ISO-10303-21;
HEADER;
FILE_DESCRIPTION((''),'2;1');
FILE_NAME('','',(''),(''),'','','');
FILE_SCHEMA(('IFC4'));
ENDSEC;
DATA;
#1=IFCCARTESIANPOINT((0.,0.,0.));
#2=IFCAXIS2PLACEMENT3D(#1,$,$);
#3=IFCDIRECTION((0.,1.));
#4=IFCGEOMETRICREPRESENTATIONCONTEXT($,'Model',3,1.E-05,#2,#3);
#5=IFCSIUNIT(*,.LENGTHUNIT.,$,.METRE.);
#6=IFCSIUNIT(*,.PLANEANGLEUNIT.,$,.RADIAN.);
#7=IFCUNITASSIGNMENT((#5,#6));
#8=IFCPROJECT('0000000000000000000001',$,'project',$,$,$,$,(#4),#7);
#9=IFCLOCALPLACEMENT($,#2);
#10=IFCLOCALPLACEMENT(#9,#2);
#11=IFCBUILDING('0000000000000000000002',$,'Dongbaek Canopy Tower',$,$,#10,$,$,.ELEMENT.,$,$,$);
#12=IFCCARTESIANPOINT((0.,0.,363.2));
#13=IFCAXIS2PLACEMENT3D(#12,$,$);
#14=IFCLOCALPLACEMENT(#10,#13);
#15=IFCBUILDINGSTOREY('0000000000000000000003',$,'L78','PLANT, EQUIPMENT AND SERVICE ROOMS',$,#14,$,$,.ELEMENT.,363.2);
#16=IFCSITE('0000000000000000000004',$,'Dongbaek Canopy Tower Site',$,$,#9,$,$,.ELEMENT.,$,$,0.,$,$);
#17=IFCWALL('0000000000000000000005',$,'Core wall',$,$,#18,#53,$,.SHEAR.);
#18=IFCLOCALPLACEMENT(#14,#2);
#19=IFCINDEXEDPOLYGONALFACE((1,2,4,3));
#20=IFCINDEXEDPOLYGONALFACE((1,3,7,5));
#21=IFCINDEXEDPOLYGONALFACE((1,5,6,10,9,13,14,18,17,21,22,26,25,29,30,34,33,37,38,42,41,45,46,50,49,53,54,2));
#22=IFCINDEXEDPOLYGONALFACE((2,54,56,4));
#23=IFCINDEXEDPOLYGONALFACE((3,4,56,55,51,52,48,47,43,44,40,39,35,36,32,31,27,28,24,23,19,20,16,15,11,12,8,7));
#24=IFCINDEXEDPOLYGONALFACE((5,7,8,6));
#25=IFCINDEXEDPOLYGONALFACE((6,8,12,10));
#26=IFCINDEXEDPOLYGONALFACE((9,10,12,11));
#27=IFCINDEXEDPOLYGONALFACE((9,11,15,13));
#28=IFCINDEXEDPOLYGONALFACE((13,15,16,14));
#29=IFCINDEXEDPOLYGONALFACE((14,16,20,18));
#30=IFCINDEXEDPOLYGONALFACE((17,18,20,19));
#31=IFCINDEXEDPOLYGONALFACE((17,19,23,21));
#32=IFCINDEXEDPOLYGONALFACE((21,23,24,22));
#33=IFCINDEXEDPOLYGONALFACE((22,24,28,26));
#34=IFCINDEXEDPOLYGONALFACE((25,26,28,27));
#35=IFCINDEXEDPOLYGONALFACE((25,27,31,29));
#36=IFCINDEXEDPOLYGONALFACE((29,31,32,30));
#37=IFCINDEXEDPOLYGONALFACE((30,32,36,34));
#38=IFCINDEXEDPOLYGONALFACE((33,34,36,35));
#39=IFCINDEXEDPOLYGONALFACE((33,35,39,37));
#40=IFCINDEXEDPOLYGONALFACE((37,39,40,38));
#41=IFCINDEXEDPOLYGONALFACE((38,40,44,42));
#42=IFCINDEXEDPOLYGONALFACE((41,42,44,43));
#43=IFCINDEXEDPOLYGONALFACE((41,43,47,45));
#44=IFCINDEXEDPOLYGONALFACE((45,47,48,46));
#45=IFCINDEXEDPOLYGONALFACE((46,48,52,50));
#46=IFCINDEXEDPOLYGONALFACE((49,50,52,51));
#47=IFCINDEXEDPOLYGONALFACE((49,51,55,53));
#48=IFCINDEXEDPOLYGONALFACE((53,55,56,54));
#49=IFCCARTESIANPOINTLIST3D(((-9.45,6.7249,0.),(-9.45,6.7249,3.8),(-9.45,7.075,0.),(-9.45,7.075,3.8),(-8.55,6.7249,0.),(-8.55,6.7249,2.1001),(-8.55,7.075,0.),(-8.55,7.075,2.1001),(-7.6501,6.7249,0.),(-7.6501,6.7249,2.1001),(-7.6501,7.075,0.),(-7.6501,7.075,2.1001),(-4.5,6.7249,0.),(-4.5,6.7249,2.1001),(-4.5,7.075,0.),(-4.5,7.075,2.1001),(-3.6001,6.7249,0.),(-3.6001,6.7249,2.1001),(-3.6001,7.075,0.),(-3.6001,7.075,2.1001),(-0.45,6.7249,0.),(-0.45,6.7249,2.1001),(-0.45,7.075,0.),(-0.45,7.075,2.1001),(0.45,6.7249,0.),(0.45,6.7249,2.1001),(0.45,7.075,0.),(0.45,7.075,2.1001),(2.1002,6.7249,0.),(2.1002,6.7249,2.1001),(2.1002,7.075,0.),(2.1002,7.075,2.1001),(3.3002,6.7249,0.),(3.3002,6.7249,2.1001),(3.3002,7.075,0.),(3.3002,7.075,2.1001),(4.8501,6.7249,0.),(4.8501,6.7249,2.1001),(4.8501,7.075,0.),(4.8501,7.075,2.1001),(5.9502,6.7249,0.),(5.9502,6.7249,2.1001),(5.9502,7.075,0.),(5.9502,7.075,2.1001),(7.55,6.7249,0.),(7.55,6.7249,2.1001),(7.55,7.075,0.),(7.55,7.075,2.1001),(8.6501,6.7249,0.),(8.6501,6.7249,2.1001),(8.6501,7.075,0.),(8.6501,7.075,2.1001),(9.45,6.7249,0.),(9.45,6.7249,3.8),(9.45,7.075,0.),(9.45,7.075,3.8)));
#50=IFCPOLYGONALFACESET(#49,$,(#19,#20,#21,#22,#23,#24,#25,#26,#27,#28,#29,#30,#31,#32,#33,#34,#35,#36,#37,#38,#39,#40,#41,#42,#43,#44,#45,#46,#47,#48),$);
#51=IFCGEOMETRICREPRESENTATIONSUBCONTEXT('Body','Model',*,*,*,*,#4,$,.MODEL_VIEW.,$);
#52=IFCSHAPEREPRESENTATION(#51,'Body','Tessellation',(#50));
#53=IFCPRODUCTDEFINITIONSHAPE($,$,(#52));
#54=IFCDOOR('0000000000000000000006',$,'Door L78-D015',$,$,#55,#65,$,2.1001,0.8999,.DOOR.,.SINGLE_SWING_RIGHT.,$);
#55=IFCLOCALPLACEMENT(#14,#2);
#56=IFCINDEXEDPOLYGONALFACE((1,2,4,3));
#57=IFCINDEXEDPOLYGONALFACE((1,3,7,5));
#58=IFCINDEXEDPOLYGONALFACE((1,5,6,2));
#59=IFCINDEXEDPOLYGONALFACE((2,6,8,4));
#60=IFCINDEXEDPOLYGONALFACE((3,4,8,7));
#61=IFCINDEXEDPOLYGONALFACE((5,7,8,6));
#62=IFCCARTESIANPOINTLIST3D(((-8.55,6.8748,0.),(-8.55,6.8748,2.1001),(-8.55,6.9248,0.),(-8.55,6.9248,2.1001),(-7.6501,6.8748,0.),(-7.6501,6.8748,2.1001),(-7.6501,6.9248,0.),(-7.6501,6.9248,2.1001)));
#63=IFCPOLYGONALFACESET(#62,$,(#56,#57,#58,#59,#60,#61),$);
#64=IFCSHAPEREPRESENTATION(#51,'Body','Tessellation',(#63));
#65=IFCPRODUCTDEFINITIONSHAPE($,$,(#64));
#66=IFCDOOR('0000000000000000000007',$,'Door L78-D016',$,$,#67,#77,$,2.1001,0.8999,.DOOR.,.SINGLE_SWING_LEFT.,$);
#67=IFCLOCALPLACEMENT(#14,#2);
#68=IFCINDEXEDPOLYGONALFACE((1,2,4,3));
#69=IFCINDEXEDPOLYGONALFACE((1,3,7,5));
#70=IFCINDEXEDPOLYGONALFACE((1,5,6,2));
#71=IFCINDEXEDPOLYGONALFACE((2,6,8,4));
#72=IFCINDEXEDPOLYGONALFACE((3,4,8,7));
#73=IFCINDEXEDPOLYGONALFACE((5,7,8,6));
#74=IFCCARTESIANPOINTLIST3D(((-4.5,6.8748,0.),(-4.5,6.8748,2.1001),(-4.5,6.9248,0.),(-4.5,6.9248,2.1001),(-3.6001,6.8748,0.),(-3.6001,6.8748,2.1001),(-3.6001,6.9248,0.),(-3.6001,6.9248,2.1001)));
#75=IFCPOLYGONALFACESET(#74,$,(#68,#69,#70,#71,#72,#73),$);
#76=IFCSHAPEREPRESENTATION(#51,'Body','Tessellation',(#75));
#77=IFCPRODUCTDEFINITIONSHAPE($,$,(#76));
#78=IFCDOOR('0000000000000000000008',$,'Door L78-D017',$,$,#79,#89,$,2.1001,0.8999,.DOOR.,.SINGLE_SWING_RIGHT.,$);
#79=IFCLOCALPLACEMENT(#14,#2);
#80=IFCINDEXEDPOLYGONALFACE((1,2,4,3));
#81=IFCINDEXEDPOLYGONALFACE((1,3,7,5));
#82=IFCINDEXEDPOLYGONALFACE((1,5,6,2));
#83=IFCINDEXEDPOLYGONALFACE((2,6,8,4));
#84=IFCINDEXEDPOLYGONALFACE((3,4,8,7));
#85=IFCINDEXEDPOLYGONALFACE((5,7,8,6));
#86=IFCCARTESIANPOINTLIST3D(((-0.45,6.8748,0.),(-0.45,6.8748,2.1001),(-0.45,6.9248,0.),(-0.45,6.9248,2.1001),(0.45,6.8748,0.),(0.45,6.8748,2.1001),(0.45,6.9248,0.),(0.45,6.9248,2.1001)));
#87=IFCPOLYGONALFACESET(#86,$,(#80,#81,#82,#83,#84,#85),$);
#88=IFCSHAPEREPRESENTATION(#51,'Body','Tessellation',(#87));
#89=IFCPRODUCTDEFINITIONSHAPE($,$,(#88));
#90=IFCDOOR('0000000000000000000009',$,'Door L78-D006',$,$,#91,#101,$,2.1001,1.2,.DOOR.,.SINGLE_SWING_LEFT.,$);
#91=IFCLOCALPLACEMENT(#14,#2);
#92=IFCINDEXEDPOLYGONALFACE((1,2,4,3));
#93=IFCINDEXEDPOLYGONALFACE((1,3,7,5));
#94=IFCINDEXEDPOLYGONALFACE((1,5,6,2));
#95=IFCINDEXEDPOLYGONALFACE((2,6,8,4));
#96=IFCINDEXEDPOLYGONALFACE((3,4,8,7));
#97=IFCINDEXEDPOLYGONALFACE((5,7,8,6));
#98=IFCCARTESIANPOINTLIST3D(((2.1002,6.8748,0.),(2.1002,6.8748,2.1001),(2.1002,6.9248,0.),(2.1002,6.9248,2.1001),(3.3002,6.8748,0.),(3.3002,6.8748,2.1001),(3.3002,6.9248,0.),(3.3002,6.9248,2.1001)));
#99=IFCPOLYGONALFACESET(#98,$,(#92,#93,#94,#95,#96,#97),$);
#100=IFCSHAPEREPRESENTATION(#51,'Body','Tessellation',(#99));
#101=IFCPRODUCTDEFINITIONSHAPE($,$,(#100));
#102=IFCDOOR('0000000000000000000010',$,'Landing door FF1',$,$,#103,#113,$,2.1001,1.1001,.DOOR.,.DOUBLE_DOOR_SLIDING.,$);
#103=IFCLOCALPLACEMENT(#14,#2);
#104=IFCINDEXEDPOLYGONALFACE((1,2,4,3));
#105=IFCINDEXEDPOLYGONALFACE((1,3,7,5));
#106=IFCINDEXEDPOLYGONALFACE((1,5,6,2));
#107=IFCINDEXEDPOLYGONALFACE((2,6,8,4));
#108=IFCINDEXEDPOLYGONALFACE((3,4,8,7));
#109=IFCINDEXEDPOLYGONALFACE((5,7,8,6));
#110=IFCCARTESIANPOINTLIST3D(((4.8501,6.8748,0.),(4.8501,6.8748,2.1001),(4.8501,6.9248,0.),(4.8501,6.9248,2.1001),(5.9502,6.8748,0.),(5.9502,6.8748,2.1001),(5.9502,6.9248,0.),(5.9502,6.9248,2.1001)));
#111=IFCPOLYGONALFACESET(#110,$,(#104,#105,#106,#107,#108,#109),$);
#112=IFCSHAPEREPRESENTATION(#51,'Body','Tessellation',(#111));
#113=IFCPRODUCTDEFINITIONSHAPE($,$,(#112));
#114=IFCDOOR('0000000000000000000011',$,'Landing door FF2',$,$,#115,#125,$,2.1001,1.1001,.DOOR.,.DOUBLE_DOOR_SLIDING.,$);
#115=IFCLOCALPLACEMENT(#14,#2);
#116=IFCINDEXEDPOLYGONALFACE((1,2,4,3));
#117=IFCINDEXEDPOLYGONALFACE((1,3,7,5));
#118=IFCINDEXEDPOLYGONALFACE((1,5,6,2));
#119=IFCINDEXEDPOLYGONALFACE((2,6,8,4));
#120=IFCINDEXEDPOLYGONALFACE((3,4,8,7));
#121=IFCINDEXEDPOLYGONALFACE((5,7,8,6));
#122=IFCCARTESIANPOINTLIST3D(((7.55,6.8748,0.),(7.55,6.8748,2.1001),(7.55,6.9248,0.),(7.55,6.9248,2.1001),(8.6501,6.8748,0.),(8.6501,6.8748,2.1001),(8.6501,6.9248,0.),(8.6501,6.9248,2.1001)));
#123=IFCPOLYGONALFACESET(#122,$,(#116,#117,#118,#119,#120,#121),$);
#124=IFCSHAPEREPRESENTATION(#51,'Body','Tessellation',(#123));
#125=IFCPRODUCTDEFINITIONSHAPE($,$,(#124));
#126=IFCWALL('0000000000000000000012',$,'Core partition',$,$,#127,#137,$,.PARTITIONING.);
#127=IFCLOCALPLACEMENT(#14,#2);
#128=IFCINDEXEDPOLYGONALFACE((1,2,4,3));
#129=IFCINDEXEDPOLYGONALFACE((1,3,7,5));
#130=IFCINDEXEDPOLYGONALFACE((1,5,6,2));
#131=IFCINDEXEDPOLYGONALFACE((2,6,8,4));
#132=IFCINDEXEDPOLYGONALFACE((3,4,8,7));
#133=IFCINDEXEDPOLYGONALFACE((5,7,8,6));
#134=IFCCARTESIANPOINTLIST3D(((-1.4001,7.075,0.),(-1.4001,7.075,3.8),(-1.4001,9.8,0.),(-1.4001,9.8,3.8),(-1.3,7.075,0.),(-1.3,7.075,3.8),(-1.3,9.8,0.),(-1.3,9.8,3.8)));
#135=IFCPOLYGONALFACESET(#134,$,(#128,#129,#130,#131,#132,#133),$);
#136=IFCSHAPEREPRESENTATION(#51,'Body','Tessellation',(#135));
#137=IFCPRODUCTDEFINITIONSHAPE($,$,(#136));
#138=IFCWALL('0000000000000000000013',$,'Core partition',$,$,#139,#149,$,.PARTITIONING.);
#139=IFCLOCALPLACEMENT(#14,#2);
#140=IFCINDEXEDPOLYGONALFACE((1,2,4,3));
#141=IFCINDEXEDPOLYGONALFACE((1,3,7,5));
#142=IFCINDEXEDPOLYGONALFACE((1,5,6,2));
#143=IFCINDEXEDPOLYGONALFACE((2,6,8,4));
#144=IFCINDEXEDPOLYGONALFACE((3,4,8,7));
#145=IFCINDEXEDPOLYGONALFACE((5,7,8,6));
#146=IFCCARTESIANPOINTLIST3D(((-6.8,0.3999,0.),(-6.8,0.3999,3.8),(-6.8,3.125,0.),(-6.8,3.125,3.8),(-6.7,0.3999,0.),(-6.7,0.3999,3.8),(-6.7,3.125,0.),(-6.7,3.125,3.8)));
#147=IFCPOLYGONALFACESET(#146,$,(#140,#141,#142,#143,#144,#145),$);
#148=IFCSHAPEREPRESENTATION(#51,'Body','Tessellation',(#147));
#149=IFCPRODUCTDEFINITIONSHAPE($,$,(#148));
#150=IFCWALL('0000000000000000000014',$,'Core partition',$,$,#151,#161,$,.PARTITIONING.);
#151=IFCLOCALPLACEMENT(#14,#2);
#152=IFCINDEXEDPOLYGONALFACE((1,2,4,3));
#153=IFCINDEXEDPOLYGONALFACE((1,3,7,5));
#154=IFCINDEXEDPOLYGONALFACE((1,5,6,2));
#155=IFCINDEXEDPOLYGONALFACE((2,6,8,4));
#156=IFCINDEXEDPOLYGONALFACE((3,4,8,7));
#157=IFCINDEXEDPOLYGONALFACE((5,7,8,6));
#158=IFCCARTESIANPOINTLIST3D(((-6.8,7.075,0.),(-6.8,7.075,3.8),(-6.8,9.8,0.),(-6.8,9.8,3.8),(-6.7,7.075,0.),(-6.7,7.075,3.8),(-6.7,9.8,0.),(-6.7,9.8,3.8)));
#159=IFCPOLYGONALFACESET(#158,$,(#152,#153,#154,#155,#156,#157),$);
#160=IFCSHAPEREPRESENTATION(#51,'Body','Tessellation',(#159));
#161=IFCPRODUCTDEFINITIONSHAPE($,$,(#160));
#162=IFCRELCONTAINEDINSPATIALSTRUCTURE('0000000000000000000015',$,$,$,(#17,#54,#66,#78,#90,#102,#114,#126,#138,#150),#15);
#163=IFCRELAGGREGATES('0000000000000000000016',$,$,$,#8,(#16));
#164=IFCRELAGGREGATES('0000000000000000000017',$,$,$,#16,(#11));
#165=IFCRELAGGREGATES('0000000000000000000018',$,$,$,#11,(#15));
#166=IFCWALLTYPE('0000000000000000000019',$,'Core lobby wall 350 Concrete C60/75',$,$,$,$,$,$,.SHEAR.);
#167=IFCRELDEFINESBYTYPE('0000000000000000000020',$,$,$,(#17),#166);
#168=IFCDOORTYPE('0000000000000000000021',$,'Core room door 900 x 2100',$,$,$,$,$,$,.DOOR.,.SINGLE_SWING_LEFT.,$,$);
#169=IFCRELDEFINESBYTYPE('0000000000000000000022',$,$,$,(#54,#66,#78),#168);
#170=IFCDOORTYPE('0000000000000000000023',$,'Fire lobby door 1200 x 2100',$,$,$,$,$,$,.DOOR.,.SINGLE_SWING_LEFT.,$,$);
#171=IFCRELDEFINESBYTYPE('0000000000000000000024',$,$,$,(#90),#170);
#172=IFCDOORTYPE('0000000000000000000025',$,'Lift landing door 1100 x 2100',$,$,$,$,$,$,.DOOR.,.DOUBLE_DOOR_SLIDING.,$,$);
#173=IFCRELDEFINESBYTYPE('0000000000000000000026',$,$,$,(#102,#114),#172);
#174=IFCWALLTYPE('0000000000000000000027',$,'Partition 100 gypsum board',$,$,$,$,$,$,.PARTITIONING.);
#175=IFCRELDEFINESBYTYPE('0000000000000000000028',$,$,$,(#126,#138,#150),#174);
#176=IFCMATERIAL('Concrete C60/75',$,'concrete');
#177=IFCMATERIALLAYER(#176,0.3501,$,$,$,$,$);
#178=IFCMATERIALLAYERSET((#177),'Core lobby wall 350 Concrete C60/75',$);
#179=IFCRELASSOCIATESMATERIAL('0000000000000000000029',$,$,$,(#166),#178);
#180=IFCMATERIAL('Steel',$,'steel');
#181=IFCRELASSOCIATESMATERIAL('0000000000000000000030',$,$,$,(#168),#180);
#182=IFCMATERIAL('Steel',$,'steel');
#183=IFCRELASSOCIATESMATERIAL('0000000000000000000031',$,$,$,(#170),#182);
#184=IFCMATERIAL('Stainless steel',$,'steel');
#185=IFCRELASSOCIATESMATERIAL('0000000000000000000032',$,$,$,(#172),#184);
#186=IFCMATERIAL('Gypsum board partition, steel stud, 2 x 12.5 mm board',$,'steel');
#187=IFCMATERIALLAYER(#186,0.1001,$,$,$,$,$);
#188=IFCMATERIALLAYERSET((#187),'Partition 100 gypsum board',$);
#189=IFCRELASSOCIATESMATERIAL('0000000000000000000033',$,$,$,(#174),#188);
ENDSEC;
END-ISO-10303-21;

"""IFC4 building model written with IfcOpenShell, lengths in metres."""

from ifc_helpers import new_model, si_unit, direction, frame, frame_2d, origin, place, context, subcontext, project, spatial, rectangle, extrude, material, layer, layer_set, type_object, element, fill, save


model = new_model("IFC4")

# Units and contexts
model_context = context("Model", 3, precision=1e-05, world=origin(), true_north=direction((0.0, 1.0)))
body_context = subcontext(model_context, "Body", "Model", "MODEL_VIEW")
ifc_project = project(units=[si_unit("LENGTHUNIT", "METRE"), si_unit("PLANEANGLEUNIT", "RADIAN")], contexts=[model_context])

# Site, building, storey
site_placement = place(None, origin())
site = spatial("IfcSite", under=ifc_project, at=site_placement, Name="Dongbaek Canopy Tower Site", CompositionType="ELEMENT", RefElevation=0.0)
building_placement = place(site_placement, origin())
building = spatial("IfcBuilding", under=site, at=building_placement, Name="Dongbaek Canopy Tower", CompositionType="ELEMENT")
storey_placement = place(building_placement, frame((0.0, 0.0, 363.2)))
storey = spatial("IfcBuildingStorey", under=building, at=storey_placement, Name="L78", Description="PLANT, EQUIPMENT AND SERVICE ROOMS", CompositionType="ELEMENT", Elevation=363.2)

# Wall, openings, doors
ifc_material_1 = material(Name="Concrete C60/75", Category="concrete")
ifc_layer_1 = layer(ifc_material_1, 0.3501)
ifc_layer_set_1 = layer_set([ifc_layer_1], Name="Core lobby wall 350 Concrete C60/75")
wall_type_1 = type_object("IfcWallType", Name="Core lobby wall 350 Concrete C60/75", PredefinedType="SHEAR", material=ifc_layer_set_1)
wall_1_placement = place(storey_placement, frame((-9.45, 6.8999, 0.0), z_axis=(0.0, 0.0, 1.0), x_axis=(1.0, 0.0, 0.0)))
wall_1 = element("IfcWall", 1, at=wall_1_placement, inside=storey, type_object=wall_type_1, Name="Core wall", PredefinedType="SHEAR", context=body_context, shape_type="SweptSolid", body=[
    extrude(rectangle(XDim=18.8999, YDim=0.3501, at=frame_2d((9.45, 0.0))), origin(), (0.0, 0.0, 1.0), 3.8),
])
opening_1_placement = place(wall_1_placement, frame((11.55, 0.0, 0.0)))
opening_1 = element("IfcOpeningElement", 2, at=opening_1_placement, cuts=wall_1, PredefinedType="OPENING", context=body_context, shape_type="SweptSolid", body=[
    extrude(rectangle(XDim=1.2, YDim=2.1001, at=frame_2d((0.6001, 1.05))), frame((0.0, 0.1851, 0.0), z_axis=(0.0, -1.0, 0.0), x_axis=(1.0, 0.0, 0.0)), (0.0, 0.0, 1.0), 0.3701),
])
opening_2_placement = place(wall_1_placement, frame((14.3, 0.0, 0.0)))
opening_2 = element("IfcOpeningElement", 3, at=opening_2_placement, cuts=wall_1, PredefinedType="OPENING", context=body_context, shape_type="SweptSolid", body=[
    extrude(rectangle(XDim=1.1001, YDim=2.1001, at=frame_2d((0.55, 1.05))), frame((0.0, 0.1851, 0.0), z_axis=(0.0, -1.0, 0.0), x_axis=(1.0, 0.0, 0.0)), (0.0, 0.0, 1.0), 0.3701),
])
opening_3_placement = place(wall_1_placement, frame((17.0, 0.0, 0.0)))
opening_3 = element("IfcOpeningElement", 4, at=opening_3_placement, cuts=wall_1, PredefinedType="OPENING", context=body_context, shape_type="SweptSolid", body=[
    extrude(rectangle(XDim=1.1001, YDim=2.1001, at=frame_2d((0.55, 1.05))), frame((0.0, 0.1851, 0.0), z_axis=(0.0, -1.0, 0.0), x_axis=(1.0, 0.0, 0.0)), (0.0, 0.0, 1.0), 0.3701),
])
opening_4_placement = place(wall_1_placement, frame((0.8999, 0.0, 0.0)))
opening_4 = element("IfcOpeningElement", 5, at=opening_4_placement, cuts=wall_1, PredefinedType="OPENING", context=body_context, shape_type="SweptSolid", body=[
    extrude(rectangle(XDim=0.8999, YDim=2.1001, at=frame_2d((0.45, 1.05))), frame((0.0, 0.1851, 0.0), z_axis=(0.0, -1.0, 0.0), x_axis=(1.0, 0.0, 0.0)), (0.0, 0.0, 1.0), 0.3701),
])
opening_5_placement = place(wall_1_placement, frame((4.95, 0.0, 0.0)))
opening_5 = element("IfcOpeningElement", 6, at=opening_5_placement, cuts=wall_1, PredefinedType="OPENING", context=body_context, shape_type="SweptSolid", body=[
    extrude(rectangle(XDim=0.8999, YDim=2.1001, at=frame_2d((0.45, 1.05))), frame((0.0, 0.1851, 0.0), z_axis=(0.0, -1.0, 0.0), x_axis=(1.0, 0.0, 0.0)), (0.0, 0.0, 1.0), 0.3701),
])
opening_6_placement = place(wall_1_placement, frame((9.0, 0.0, 0.0)))
opening_6 = element("IfcOpeningElement", 7, at=opening_6_placement, cuts=wall_1, PredefinedType="OPENING", context=body_context, shape_type="SweptSolid", body=[
    extrude(rectangle(XDim=0.8999, YDim=2.1001, at=frame_2d((0.45, 1.05))), frame((0.0, 0.1851, 0.0), z_axis=(0.0, -1.0, 0.0), x_axis=(1.0, 0.0, 0.0)), (0.0, 0.0, 1.0), 0.3701),
])
ifc_material_2 = material(Name="Steel", Category="steel")
door_type_1 = type_object("IfcDoorType", Name="Core room door 900 x 2100", OperationType="SINGLE_SWING_LEFT", PredefinedType="DOOR", material=ifc_material_2)
door_1_placement = place(opening_4_placement, origin())
door_1 = element("IfcDoor", 8, at=door_1_placement, inside=storey, type_object=door_type_1, Name="Door L78-D015", OperationType="SINGLE_SWING_RIGHT", OverallHeight=2.1001, OverallWidth=0.8999, PredefinedType="DOOR", context=body_context, shape_type="SweptSolid", body=[
    extrude(rectangle(XDim=0.8999, YDim=2.1001, at=frame_2d((0.45, 1.05))), frame((0.0, 0.0249, 0.0), z_axis=(0.0, -1.0, 0.0), x_axis=(1.0, 0.0, 0.0)), (0.0, 0.0, 1.0), 0.05),
])
fill(opening_4, door_1)
door_2_placement = place(opening_5_placement, origin())
door_2 = element("IfcDoor", 9, at=door_2_placement, inside=storey, type_object=door_type_1, Name="Door L78-D016", OperationType="SINGLE_SWING_LEFT", OverallHeight=2.1001, OverallWidth=0.8999, PredefinedType="DOOR", context=body_context, shape_type="SweptSolid", body=[
    extrude(rectangle(XDim=0.8999, YDim=2.1001, at=frame_2d((0.45, 1.05))), frame((0.0, 0.0249, 0.0), z_axis=(0.0, -1.0, 0.0), x_axis=(1.0, 0.0, 0.0)), (0.0, 0.0, 1.0), 0.05),
])
fill(opening_5, door_2)
door_3_placement = place(opening_6_placement, origin())
door_3 = element("IfcDoor", 10, at=door_3_placement, inside=storey, type_object=door_type_1, Name="Door L78-D017", OperationType="SINGLE_SWING_RIGHT", OverallHeight=2.1001, OverallWidth=0.8999, PredefinedType="DOOR", context=body_context, shape_type="SweptSolid", body=[
    extrude(rectangle(XDim=0.8999, YDim=2.1001, at=frame_2d((0.45, 1.05))), frame((0.0, 0.0249, 0.0), z_axis=(0.0, -1.0, 0.0), x_axis=(1.0, 0.0, 0.0)), (0.0, 0.0, 1.0), 0.05),
])
fill(opening_6, door_3)
ifc_material_3 = material(Name="Steel", Category="steel")
door_type_2 = type_object("IfcDoorType", Name="Fire lobby door 1200 x 2100", OperationType="SINGLE_SWING_LEFT", PredefinedType="DOOR", material=ifc_material_3)
door_4_placement = place(opening_1_placement, origin())
door_4 = element("IfcDoor", 11, at=door_4_placement, inside=storey, type_object=door_type_2, Name="Door L78-D006", OperationType="SINGLE_SWING_LEFT", OverallHeight=2.1001, OverallWidth=1.2, PredefinedType="DOOR", context=body_context, shape_type="SweptSolid", body=[
    extrude(rectangle(XDim=1.2, YDim=2.1001, at=frame_2d((0.6001, 1.05))), frame((0.0, 0.0249, 0.0), z_axis=(0.0, -1.0, 0.0), x_axis=(1.0, 0.0, 0.0)), (0.0, 0.0, 1.0), 0.05),
])
fill(opening_1, door_4)
ifc_material_4 = material(Name="Stainless steel", Category="steel")
door_type_3 = type_object("IfcDoorType", Name="Lift landing door 1100 x 2100", OperationType="DOUBLE_DOOR_SLIDING", PredefinedType="DOOR", material=ifc_material_4)
door_5_placement = place(opening_2_placement, origin())
door_5 = element("IfcDoor", 12, at=door_5_placement, inside=storey, type_object=door_type_3, Name="Landing door FF1", OperationType="DOUBLE_DOOR_SLIDING", OverallHeight=2.1001, OverallWidth=1.1001, PredefinedType="DOOR", context=body_context, shape_type="SweptSolid", body=[
    extrude(rectangle(XDim=1.1001, YDim=2.1001, at=frame_2d((0.55, 1.05))), frame((0.0, 0.0249, 0.0), z_axis=(0.0, -1.0, 0.0), x_axis=(1.0, 0.0, 0.0)), (0.0, 0.0, 1.0), 0.05),
])
fill(opening_2, door_5)
door_6_placement = place(opening_3_placement, origin())
door_6 = element("IfcDoor", 13, at=door_6_placement, inside=storey, type_object=door_type_3, Name="Landing door FF2", OperationType="DOUBLE_DOOR_SLIDING", OverallHeight=2.1001, OverallWidth=1.1001, PredefinedType="DOOR", context=body_context, shape_type="SweptSolid", body=[
    extrude(rectangle(XDim=1.1001, YDim=2.1001, at=frame_2d((0.55, 1.05))), frame((0.0, 0.0249, 0.0), z_axis=(0.0, -1.0, 0.0), x_axis=(1.0, 0.0, 0.0)), (0.0, 0.0, 1.0), 0.05),
])
fill(opening_3, door_6)

# Walls
ifc_material_5 = material(Name="Gypsum board partition, steel stud, 2 x 12.5 mm board", Category="steel")
ifc_layer_2 = layer(ifc_material_5, 0.1001)
ifc_layer_set_2 = layer_set([ifc_layer_2], Name="Partition 100 gypsum board")
wall_type_2 = type_object("IfcWallType", Name="Partition 100 gypsum board", PredefinedType="PARTITIONING", material=ifc_layer_set_2)
for number, where, z_axis, x_axis, name in (
    (14, (-1.3501, 7.075, 0.0), (0.0, 0.0, 1.0), (0.0, 1.0, 0.0), "Core partition"),
    (15, (-6.75, 0.3999, 0.0), (0.0, 0.0, 1.0), (0.0, 1.0, 0.0), "Core partition"),
    (16, (-6.75, 7.075, 0.0), (0.0, 0.0, 1.0), (0.0, 1.0, 0.0), "Core partition"),
):
    element("IfcWall", number, at=place(storey_placement, frame(where, z_axis=z_axis, x_axis=x_axis)), inside=storey, type_object=wall_type_2, Name=name, PredefinedType="PARTITIONING", context=body_context, shape_type="SweptSolid", body=[
        extrude(rectangle(XDim=2.7251, YDim=0.1001, at=frame_2d((1.3625, 0.0))), origin(), (0.0, 0.0, 1.0), 3.8),
    ])

save(model, "model.ifc")
